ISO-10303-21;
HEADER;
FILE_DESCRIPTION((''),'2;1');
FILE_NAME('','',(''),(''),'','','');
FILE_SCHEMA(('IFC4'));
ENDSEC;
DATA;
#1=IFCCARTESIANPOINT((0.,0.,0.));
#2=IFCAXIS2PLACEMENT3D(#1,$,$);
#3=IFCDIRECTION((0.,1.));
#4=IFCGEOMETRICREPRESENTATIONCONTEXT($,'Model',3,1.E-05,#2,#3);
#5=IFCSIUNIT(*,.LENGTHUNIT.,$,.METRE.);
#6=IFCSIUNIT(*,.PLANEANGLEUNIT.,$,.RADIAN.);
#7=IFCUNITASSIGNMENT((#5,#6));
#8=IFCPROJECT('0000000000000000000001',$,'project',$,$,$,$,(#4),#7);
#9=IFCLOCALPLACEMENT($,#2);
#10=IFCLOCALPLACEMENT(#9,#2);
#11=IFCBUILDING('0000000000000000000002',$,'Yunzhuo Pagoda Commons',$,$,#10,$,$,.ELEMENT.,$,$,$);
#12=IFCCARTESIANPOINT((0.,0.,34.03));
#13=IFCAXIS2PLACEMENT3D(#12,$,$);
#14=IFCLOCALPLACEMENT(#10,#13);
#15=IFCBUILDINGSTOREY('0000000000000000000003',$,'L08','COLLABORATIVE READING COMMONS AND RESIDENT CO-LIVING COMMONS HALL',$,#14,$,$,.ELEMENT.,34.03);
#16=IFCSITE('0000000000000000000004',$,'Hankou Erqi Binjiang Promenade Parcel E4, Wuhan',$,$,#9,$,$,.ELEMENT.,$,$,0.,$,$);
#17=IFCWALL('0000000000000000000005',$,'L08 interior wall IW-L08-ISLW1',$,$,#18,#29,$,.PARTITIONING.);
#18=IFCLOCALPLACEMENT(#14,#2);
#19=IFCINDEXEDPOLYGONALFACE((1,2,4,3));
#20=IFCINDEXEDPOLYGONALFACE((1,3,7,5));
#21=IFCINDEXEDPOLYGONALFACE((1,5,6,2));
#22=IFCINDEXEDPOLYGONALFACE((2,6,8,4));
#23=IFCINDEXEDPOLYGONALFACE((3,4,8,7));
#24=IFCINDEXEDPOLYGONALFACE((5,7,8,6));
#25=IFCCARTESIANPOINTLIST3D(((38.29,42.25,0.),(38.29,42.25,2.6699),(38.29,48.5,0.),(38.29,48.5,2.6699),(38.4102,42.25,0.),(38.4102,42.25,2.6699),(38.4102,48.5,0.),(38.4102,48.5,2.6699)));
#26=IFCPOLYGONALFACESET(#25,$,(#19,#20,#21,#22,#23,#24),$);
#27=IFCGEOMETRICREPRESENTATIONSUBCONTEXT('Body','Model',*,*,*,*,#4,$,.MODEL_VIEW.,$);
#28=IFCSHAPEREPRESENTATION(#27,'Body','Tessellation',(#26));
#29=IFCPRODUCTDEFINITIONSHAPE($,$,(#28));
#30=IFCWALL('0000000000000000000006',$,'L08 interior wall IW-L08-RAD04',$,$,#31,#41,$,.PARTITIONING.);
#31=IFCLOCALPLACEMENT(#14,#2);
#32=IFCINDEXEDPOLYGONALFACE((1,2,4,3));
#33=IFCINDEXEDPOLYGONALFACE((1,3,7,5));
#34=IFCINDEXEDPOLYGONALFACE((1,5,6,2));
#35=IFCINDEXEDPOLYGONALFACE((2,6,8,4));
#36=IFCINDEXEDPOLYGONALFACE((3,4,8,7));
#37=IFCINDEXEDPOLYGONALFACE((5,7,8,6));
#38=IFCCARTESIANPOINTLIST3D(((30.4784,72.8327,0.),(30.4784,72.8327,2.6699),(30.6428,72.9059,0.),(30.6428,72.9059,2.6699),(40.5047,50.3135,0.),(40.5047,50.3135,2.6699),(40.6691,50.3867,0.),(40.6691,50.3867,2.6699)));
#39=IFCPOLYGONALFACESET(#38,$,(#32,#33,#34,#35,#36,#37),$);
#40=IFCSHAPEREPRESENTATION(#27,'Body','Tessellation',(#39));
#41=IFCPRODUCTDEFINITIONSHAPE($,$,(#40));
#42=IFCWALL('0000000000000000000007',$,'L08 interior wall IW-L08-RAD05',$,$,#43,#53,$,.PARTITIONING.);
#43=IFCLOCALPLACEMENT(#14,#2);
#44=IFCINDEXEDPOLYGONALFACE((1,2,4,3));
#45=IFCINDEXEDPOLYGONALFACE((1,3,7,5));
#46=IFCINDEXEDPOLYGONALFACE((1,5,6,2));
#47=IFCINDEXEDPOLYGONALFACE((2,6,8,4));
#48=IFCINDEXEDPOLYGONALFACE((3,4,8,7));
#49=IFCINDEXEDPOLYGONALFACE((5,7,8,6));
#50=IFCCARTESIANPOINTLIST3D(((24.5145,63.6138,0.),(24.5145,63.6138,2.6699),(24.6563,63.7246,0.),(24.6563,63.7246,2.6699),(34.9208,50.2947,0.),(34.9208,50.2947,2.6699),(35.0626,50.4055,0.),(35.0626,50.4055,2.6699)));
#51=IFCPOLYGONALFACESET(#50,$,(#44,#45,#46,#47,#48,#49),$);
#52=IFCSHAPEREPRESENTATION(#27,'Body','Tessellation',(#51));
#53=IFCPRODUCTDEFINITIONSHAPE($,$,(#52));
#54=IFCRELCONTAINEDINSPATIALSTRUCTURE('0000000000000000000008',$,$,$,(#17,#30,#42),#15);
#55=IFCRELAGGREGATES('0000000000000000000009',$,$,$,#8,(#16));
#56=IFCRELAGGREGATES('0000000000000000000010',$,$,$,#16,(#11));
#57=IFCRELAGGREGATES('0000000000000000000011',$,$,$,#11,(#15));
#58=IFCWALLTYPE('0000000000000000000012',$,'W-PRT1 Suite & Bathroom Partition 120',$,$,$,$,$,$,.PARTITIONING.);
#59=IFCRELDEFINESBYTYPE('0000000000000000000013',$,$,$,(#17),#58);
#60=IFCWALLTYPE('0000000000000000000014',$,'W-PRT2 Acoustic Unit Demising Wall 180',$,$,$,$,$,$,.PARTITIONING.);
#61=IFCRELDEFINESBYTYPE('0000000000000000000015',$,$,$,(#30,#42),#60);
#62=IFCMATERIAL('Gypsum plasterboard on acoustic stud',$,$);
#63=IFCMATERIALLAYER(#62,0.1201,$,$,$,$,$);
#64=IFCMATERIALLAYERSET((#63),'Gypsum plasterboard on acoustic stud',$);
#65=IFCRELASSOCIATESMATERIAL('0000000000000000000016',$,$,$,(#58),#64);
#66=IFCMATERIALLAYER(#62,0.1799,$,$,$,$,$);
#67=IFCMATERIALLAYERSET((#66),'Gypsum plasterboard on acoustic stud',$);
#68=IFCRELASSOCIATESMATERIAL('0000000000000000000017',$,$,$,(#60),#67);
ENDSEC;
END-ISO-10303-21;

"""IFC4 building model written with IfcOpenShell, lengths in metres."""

from ifc_helpers import new_model, si_unit, direction, frame, frame_2d, origin, place, context, subcontext, project, spatial, rectangle, extrude, material, layer, layer_set, type_object, element, save


model = new_model("IFC4")

# Units and contexts
model_context = context("Model", 3, precision=1e-05, world=origin(), true_north=direction((0.0, 1.0)))
body_context = subcontext(model_context, "Body", "Model", "MODEL_VIEW")
ifc_project = project(units=[si_unit("LENGTHUNIT", "METRE"), si_unit("PLANEANGLEUNIT", "RADIAN")], contexts=[model_context])

# Site, building, storey
site_placement = place(None, origin())
site = spatial("IfcSite", under=ifc_project, at=site_placement, Name="Hankou Erqi Binjiang Promenade Parcel E4, Wuhan", CompositionType="ELEMENT", RefElevation=0.0)
building_placement = place(site_placement, origin())
building = spatial("IfcBuilding", under=site, at=building_placement, Name="Yunzhuo Pagoda Commons", CompositionType="ELEMENT")
storey_placement = place(building_placement, frame((0.0, 0.0, 34.03)))
storey = spatial("IfcBuildingStorey", under=building, at=storey_placement, Name="L08", Description="COLLABORATIVE READING COMMONS AND RESIDENT CO-LIVING COMMONS HALL", CompositionType="ELEMENT", Elevation=34.03)

# Shared definitions
ifc_material_1 = material(Name="Gypsum plasterboard on acoustic stud")

# Walls
ifc_layer_1 = layer(ifc_material_1, 0.1201)
ifc_layer_set_1 = layer_set([ifc_layer_1], Name="Gypsum plasterboard on acoustic stud")
wall_type_1 = type_object("IfcWallType", Name="W-PRT1 Suite & Bathroom Partition 120", PredefinedType="PARTITIONING", material=ifc_layer_set_1)
wall_1_placement = place(storey_placement, frame((38.3501, 42.25, 0.0), z_axis=(0.0, 0.0, 1.0), x_axis=(0.0, 1.0, 0.0)))
element("IfcWall", 1, at=wall_1_placement, inside=storey, type_object=wall_type_1, Name="L08 interior wall IW-L08-ISLW1", PredefinedType="PARTITIONING", context=body_context, shape_type="SweptSolid", body=[
    extrude(rectangle(XDim=6.25, YDim=0.1201, at=frame_2d((3.125, 0.0))), origin(), (0.0, 0.0, 1.0), 2.6699),
])
ifc_layer_2 = layer(ifc_material_1, 0.1799)
ifc_layer_set_2 = layer_set([ifc_layer_2], Name="Gypsum plasterboard on acoustic stud")
wall_type_2 = type_object("IfcWallType", Name="W-PRT2 Acoustic Unit Demising Wall 180", PredefinedType="PARTITIONING", material=ifc_layer_set_2)
wall_2_placement = place(storey_placement, frame((40.5869, 50.3501, 0.0), z_axis=(0.0, 0.0, 1.0), x_axis=(-0.406741, 0.913543, 0.0)))
element("IfcWall", 2, at=wall_2_placement, inside=storey, type_object=wall_type_2, Name="L08 interior wall IW-L08-RAD04", PredefinedType="PARTITIONING", context=body_context, shape_type="SweptSolid", body=[
    extrude(rectangle(XDim=24.6504, YDim=0.1799, at=frame_2d((12.3252, 0.0))), origin(), (0.0, 0.0, 1.0), 2.6699),
])
wall_3_placement = place(storey_placement, frame((34.9917, 50.3501, 0.0), z_axis=(0.0, 0.0, 1.0), x_axis=(-0.61567, 0.788004, 0.0)))
element("IfcWall", 3, at=wall_3_placement, inside=storey, type_object=wall_type_2, Name="L08 interior wall IW-L08-RAD05", PredefinedType="PARTITIONING", context=body_context, shape_type="SweptSolid", body=[
    extrude(rectangle(XDim=16.9023, YDim=0.1799, at=frame_2d((8.4512, 0.0))), origin(), (0.0, 0.0, 1.0), 2.6699),
])

save(model, "model.ifc")
